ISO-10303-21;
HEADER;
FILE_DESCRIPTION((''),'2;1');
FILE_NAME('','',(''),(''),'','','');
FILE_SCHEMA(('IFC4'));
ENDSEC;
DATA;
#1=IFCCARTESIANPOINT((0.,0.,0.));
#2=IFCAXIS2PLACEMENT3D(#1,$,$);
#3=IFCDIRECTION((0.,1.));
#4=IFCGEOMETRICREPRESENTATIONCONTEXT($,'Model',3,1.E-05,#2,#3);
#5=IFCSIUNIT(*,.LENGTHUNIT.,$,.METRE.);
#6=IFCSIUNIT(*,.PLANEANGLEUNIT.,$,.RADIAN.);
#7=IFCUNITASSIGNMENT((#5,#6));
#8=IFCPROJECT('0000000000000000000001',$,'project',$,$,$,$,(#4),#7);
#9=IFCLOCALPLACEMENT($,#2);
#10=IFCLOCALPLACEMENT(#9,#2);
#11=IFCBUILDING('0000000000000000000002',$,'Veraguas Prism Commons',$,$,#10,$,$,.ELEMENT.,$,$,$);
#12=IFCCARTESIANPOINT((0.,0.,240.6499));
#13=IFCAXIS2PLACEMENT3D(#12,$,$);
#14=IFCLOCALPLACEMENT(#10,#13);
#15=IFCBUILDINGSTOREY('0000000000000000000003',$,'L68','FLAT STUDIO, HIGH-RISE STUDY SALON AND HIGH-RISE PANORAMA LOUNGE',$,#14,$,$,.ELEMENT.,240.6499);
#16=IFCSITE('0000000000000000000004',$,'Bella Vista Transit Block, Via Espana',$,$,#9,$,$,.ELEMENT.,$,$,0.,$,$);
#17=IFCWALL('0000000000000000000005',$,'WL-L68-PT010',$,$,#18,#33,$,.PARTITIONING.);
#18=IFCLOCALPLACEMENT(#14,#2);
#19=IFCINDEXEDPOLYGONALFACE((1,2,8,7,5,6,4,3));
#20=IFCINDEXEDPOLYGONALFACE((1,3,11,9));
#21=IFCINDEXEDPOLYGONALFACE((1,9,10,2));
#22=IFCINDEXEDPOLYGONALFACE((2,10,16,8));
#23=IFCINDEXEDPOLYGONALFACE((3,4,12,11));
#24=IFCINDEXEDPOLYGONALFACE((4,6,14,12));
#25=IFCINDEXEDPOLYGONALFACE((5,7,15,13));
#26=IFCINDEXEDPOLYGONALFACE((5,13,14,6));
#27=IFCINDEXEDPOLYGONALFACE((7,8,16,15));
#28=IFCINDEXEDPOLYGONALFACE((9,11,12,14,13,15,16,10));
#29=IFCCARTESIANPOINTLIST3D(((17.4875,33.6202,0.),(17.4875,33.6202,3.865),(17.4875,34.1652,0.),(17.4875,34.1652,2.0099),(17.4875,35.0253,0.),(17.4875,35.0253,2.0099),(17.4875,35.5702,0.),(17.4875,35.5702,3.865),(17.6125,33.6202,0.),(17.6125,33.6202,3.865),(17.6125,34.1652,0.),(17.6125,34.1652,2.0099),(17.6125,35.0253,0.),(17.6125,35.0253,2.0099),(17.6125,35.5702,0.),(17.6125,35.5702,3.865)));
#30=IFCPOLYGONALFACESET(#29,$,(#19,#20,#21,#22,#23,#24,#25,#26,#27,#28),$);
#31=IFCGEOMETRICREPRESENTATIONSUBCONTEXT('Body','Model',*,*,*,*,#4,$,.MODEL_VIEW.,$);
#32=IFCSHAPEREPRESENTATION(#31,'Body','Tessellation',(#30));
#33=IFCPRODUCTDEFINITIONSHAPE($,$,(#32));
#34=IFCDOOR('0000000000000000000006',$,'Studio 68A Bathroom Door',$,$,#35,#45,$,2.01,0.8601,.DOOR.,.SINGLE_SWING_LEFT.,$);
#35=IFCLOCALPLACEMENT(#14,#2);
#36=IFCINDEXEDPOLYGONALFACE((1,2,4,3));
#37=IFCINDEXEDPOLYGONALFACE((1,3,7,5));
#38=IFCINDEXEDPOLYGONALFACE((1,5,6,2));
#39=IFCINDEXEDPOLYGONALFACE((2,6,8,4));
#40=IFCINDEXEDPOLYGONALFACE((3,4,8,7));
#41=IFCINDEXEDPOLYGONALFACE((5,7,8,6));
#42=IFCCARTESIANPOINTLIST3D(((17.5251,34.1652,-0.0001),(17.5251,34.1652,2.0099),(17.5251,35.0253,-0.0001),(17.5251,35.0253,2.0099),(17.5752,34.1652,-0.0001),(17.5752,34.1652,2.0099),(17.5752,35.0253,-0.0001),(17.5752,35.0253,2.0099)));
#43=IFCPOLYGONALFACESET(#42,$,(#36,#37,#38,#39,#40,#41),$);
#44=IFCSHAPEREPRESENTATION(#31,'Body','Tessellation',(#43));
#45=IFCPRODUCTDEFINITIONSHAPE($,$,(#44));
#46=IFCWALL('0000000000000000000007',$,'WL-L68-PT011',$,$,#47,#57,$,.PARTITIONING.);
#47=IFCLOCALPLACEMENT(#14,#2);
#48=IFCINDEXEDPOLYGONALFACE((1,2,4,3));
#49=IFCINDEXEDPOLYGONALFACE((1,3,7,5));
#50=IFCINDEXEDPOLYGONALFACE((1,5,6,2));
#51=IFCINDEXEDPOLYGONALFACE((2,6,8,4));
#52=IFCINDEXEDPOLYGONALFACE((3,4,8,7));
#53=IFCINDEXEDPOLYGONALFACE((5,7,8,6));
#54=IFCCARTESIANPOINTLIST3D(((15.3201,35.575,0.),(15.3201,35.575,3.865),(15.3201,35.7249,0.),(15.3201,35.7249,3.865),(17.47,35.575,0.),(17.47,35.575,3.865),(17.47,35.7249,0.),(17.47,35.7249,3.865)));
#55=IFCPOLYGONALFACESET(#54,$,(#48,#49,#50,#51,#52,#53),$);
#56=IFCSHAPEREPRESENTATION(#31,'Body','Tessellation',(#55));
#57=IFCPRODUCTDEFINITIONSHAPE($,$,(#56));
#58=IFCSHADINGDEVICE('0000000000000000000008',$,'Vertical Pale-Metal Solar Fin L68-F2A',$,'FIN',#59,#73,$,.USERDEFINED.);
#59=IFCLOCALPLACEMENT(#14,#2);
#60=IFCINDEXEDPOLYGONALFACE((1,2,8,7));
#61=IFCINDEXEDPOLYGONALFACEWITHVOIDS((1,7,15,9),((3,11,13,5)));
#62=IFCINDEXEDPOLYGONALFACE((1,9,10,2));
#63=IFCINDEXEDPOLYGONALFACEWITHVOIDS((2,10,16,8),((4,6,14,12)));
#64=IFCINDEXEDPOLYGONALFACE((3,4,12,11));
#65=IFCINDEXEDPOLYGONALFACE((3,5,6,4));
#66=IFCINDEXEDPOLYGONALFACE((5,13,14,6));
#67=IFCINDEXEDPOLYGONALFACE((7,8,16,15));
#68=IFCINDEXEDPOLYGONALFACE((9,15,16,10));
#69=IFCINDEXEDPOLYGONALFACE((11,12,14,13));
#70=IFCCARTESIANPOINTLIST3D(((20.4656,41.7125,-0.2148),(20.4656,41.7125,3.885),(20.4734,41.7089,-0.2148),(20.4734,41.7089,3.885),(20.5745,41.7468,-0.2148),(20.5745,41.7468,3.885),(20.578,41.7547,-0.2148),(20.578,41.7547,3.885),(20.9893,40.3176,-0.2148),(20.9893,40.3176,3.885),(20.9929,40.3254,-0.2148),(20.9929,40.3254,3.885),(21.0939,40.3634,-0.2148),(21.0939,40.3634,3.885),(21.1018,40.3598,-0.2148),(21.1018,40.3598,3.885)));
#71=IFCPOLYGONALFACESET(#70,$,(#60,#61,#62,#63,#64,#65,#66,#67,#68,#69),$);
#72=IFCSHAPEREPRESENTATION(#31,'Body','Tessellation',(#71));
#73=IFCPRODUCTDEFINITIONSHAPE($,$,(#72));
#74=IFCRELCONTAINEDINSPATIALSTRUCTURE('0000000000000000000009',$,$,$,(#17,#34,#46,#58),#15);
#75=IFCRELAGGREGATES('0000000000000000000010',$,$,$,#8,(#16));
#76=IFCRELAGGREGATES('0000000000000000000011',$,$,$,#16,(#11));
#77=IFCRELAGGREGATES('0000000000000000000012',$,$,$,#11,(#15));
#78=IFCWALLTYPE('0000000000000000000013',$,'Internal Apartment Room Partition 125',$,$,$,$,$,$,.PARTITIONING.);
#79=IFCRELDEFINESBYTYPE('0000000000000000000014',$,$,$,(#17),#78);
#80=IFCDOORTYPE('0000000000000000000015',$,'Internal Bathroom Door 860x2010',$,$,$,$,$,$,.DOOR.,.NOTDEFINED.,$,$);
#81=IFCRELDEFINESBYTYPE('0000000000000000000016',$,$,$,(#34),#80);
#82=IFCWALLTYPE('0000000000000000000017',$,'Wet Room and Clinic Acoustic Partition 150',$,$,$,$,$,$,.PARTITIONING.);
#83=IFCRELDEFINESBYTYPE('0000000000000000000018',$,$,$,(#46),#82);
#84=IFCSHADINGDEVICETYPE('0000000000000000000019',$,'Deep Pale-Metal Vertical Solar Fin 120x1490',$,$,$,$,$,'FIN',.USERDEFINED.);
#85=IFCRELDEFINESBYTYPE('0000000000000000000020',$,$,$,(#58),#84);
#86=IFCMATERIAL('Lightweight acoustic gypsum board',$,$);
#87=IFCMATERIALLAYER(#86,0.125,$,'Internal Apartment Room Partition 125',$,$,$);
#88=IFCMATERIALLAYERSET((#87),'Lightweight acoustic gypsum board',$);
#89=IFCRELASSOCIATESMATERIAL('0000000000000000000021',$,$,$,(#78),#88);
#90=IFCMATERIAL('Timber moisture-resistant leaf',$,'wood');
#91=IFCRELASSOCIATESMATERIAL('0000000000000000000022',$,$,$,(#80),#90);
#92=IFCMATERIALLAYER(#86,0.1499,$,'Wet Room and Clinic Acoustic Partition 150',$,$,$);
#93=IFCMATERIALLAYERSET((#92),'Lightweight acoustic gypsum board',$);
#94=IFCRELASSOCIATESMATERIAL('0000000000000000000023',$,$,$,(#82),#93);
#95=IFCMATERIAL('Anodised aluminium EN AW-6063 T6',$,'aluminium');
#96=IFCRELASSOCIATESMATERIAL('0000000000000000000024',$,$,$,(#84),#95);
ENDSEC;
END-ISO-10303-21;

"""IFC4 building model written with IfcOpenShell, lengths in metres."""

from ifc_helpers import new_model, si_unit, direction, frame, frame_2d, origin, origin_2d, place, context, subcontext, project, spatial, rectangle, hollow_rectangle, extrude, source, transform, mapped, material, layer, layer_set, material_profile, profile_set, type_object, element, fill, save


model = new_model("IFC4")

# Units and contexts
model_context = context("Model", 3, precision=1e-05, world=origin(), true_north=direction((0.0, 1.0)))
body_context = subcontext(model_context, "Body", "Model", "MODEL_VIEW")
ifc_project = project(units=[si_unit("LENGTHUNIT", "METRE"), si_unit("PLANEANGLEUNIT", "RADIAN")], contexts=[model_context])

# Site, building, storey
site_placement = place(None, origin())
site = spatial("IfcSite", under=ifc_project, at=site_placement, Name="Bella Vista Transit Block, Via Espana", CompositionType="ELEMENT", RefElevation=0.0)
building_placement = place(site_placement, origin())
building = spatial("IfcBuilding", under=site, at=building_placement, Name="Veraguas Prism Commons", CompositionType="ELEMENT")
storey_placement = place(building_placement, frame((0.0, 0.0, 240.6499)))
storey = spatial("IfcBuildingStorey", under=building, at=storey_placement, Name="L68", Description="FLAT STUDIO, HIGH-RISE STUDY SALON AND HIGH-RISE PANORAMA LOUNGE", CompositionType="ELEMENT", Elevation=240.6499)

# Shared definitions
ifc_material_1 = material(Name="Anodised aluminium EN AW-6063 T6", Category="aluminium")

# Wall, opening, door
ifc_material_2 = material(Name="Lightweight acoustic gypsum board")
ifc_layer_1 = layer(ifc_material_2, 0.125, Name="Internal Apartment Room Partition 125")
ifc_layer_set_1 = layer_set([ifc_layer_1], Name="Lightweight acoustic gypsum board")
wall_type_1 = type_object("IfcWallType", Name="Internal Apartment Room Partition 125", PredefinedType="PARTITIONING", material=ifc_layer_set_1)
wall_1_placement = place(storey_placement, frame((17.55, 33.6201, 0.0), z_axis=(0.0, 0.0, 1.0), x_axis=(0.0, 1.0, 0.0)))
wall_1 = element("IfcWall", 1, at=wall_1_placement, inside=storey, type_object=wall_type_1, Name="WL-L68-PT010", PredefinedType="PARTITIONING", context=body_context, shape_type="SweptSolid", body=[
    extrude(rectangle(XDim=1.95, YDim=0.125, at=frame_2d((0.9751, 0.0))), origin(), (0.0, 0.0, 1.0), 3.865),
])
opening_1_placement = place(wall_1_placement, frame((0.5449, 0.0, 0.0)))
opening_1 = element("IfcOpeningElement", 2, at=opening_1_placement, cuts=wall_1, PredefinedType="OPENING", context=body_context, shape_type="SweptSolid", body=[
    extrude(rectangle(XDim=0.8601, YDim=2.01, at=frame_2d((0.4302, 1.0049))), frame((0.0, 0.0725, 0.0), z_axis=(0.0, -1.0, 0.0), x_axis=(1.0, 0.0, 0.0)), (0.0, 0.0, 1.0), 0.145),
])
ifc_material_3 = material(Name="Timber moisture-resistant leaf", Category="wood")
door_type_1 = type_object("IfcDoorType", Name="Internal Bathroom Door 860x2010", OperationType="NOTDEFINED", PredefinedType="DOOR", material=ifc_material_3)
shared_shape_1 = source(origin(), body_context, "Body", "SweptSolid", [
    extrude(rectangle(XDim=0.8601, YDim=2.01, at=frame_2d((0.4302, 1.0049))), frame((0.0, 0.0249, 0.0), z_axis=(0.0, -1.0, 0.0), x_axis=(1.0, 0.0, 0.0)), (0.0, 0.0, 1.0), 0.05),
])
door_1_placement = place(opening_1_placement, origin())
door_1 = element("IfcDoor", 3, at=door_1_placement, inside=storey, type_object=door_type_1, Name="Studio 68A Bathroom Door", OperationType="SINGLE_SWING_LEFT", OverallHeight=2.01, OverallWidth=0.8601, PredefinedType="DOOR", context=body_context, shape_type="MappedRepresentation", body=[
    mapped(shared_shape_1, transform((0.0, 0.0, 0.0), scale=1.0)),
])
fill(opening_1, door_1)

# Wall
ifc_layer_2 = layer(ifc_material_2, 0.1499, Name="Wet Room and Clinic Acoustic Partition 150")
ifc_layer_set_2 = layer_set([ifc_layer_2], Name="Lightweight acoustic gypsum board")
wall_type_2 = type_object("IfcWallType", Name="Wet Room and Clinic Acoustic Partition 150", PredefinedType="PARTITIONING", material=ifc_layer_set_2)
wall_2_placement = place(storey_placement, frame((15.3201, 35.6499, 0.0), z_axis=(0.0, 0.0, 1.0), x_axis=(1.0, 0.0, 0.0)))
element("IfcWall", 4, at=wall_2_placement, inside=storey, type_object=wall_type_2, Name="WL-L68-PT011", PredefinedType="PARTITIONING", context=body_context, shape_type="SweptSolid", body=[
    extrude(rectangle(XDim=2.1499, YDim=0.1499, at=frame_2d((1.075, 0.0))), origin(), (0.0, 0.0, 1.0), 3.865),
])

# Shading device
ifc_material_profile_1 = material_profile(ifc_material_1, hollow_rectangle(XDim=0.1201, YDim=1.49, WallThickness=0.0061, at=origin_2d()), Name="FIN120X1490X6")
ifc_profile_set_1 = profile_set([ifc_material_profile_1], Name="Anodised aluminium EN AW-6063 T6")
shading_device_type = type_object("IfcShadingDeviceType", Name="Deep Pale-Metal Vertical Solar Fin 120x1490", ElementType="FIN", PredefinedType="USERDEFINED", material=ifc_profile_set_1)
shading_device_placement = place(storey_placement, frame((20.7837, 41.0361, -0.2148), z_axis=(0.0, 0.0, 1.0), x_axis=(-0.936182, -0.351515, 0.0)))
element("IfcShadingDevice", 5, at=shading_device_placement, inside=storey, type_object=shading_device_type, Name="Vertical Pale-Metal Solar Fin L68-F2A", ObjectType="FIN", PredefinedType="USERDEFINED", context=body_context, shape_type="SweptSolid", body=[
    extrude(hollow_rectangle(XDim=0.1201, YDim=1.49, WallThickness=0.0061, at=origin_2d()), origin(), (0.0, 0.0, 1.0), 4.0999),
])

save(model, "model.ifc")
